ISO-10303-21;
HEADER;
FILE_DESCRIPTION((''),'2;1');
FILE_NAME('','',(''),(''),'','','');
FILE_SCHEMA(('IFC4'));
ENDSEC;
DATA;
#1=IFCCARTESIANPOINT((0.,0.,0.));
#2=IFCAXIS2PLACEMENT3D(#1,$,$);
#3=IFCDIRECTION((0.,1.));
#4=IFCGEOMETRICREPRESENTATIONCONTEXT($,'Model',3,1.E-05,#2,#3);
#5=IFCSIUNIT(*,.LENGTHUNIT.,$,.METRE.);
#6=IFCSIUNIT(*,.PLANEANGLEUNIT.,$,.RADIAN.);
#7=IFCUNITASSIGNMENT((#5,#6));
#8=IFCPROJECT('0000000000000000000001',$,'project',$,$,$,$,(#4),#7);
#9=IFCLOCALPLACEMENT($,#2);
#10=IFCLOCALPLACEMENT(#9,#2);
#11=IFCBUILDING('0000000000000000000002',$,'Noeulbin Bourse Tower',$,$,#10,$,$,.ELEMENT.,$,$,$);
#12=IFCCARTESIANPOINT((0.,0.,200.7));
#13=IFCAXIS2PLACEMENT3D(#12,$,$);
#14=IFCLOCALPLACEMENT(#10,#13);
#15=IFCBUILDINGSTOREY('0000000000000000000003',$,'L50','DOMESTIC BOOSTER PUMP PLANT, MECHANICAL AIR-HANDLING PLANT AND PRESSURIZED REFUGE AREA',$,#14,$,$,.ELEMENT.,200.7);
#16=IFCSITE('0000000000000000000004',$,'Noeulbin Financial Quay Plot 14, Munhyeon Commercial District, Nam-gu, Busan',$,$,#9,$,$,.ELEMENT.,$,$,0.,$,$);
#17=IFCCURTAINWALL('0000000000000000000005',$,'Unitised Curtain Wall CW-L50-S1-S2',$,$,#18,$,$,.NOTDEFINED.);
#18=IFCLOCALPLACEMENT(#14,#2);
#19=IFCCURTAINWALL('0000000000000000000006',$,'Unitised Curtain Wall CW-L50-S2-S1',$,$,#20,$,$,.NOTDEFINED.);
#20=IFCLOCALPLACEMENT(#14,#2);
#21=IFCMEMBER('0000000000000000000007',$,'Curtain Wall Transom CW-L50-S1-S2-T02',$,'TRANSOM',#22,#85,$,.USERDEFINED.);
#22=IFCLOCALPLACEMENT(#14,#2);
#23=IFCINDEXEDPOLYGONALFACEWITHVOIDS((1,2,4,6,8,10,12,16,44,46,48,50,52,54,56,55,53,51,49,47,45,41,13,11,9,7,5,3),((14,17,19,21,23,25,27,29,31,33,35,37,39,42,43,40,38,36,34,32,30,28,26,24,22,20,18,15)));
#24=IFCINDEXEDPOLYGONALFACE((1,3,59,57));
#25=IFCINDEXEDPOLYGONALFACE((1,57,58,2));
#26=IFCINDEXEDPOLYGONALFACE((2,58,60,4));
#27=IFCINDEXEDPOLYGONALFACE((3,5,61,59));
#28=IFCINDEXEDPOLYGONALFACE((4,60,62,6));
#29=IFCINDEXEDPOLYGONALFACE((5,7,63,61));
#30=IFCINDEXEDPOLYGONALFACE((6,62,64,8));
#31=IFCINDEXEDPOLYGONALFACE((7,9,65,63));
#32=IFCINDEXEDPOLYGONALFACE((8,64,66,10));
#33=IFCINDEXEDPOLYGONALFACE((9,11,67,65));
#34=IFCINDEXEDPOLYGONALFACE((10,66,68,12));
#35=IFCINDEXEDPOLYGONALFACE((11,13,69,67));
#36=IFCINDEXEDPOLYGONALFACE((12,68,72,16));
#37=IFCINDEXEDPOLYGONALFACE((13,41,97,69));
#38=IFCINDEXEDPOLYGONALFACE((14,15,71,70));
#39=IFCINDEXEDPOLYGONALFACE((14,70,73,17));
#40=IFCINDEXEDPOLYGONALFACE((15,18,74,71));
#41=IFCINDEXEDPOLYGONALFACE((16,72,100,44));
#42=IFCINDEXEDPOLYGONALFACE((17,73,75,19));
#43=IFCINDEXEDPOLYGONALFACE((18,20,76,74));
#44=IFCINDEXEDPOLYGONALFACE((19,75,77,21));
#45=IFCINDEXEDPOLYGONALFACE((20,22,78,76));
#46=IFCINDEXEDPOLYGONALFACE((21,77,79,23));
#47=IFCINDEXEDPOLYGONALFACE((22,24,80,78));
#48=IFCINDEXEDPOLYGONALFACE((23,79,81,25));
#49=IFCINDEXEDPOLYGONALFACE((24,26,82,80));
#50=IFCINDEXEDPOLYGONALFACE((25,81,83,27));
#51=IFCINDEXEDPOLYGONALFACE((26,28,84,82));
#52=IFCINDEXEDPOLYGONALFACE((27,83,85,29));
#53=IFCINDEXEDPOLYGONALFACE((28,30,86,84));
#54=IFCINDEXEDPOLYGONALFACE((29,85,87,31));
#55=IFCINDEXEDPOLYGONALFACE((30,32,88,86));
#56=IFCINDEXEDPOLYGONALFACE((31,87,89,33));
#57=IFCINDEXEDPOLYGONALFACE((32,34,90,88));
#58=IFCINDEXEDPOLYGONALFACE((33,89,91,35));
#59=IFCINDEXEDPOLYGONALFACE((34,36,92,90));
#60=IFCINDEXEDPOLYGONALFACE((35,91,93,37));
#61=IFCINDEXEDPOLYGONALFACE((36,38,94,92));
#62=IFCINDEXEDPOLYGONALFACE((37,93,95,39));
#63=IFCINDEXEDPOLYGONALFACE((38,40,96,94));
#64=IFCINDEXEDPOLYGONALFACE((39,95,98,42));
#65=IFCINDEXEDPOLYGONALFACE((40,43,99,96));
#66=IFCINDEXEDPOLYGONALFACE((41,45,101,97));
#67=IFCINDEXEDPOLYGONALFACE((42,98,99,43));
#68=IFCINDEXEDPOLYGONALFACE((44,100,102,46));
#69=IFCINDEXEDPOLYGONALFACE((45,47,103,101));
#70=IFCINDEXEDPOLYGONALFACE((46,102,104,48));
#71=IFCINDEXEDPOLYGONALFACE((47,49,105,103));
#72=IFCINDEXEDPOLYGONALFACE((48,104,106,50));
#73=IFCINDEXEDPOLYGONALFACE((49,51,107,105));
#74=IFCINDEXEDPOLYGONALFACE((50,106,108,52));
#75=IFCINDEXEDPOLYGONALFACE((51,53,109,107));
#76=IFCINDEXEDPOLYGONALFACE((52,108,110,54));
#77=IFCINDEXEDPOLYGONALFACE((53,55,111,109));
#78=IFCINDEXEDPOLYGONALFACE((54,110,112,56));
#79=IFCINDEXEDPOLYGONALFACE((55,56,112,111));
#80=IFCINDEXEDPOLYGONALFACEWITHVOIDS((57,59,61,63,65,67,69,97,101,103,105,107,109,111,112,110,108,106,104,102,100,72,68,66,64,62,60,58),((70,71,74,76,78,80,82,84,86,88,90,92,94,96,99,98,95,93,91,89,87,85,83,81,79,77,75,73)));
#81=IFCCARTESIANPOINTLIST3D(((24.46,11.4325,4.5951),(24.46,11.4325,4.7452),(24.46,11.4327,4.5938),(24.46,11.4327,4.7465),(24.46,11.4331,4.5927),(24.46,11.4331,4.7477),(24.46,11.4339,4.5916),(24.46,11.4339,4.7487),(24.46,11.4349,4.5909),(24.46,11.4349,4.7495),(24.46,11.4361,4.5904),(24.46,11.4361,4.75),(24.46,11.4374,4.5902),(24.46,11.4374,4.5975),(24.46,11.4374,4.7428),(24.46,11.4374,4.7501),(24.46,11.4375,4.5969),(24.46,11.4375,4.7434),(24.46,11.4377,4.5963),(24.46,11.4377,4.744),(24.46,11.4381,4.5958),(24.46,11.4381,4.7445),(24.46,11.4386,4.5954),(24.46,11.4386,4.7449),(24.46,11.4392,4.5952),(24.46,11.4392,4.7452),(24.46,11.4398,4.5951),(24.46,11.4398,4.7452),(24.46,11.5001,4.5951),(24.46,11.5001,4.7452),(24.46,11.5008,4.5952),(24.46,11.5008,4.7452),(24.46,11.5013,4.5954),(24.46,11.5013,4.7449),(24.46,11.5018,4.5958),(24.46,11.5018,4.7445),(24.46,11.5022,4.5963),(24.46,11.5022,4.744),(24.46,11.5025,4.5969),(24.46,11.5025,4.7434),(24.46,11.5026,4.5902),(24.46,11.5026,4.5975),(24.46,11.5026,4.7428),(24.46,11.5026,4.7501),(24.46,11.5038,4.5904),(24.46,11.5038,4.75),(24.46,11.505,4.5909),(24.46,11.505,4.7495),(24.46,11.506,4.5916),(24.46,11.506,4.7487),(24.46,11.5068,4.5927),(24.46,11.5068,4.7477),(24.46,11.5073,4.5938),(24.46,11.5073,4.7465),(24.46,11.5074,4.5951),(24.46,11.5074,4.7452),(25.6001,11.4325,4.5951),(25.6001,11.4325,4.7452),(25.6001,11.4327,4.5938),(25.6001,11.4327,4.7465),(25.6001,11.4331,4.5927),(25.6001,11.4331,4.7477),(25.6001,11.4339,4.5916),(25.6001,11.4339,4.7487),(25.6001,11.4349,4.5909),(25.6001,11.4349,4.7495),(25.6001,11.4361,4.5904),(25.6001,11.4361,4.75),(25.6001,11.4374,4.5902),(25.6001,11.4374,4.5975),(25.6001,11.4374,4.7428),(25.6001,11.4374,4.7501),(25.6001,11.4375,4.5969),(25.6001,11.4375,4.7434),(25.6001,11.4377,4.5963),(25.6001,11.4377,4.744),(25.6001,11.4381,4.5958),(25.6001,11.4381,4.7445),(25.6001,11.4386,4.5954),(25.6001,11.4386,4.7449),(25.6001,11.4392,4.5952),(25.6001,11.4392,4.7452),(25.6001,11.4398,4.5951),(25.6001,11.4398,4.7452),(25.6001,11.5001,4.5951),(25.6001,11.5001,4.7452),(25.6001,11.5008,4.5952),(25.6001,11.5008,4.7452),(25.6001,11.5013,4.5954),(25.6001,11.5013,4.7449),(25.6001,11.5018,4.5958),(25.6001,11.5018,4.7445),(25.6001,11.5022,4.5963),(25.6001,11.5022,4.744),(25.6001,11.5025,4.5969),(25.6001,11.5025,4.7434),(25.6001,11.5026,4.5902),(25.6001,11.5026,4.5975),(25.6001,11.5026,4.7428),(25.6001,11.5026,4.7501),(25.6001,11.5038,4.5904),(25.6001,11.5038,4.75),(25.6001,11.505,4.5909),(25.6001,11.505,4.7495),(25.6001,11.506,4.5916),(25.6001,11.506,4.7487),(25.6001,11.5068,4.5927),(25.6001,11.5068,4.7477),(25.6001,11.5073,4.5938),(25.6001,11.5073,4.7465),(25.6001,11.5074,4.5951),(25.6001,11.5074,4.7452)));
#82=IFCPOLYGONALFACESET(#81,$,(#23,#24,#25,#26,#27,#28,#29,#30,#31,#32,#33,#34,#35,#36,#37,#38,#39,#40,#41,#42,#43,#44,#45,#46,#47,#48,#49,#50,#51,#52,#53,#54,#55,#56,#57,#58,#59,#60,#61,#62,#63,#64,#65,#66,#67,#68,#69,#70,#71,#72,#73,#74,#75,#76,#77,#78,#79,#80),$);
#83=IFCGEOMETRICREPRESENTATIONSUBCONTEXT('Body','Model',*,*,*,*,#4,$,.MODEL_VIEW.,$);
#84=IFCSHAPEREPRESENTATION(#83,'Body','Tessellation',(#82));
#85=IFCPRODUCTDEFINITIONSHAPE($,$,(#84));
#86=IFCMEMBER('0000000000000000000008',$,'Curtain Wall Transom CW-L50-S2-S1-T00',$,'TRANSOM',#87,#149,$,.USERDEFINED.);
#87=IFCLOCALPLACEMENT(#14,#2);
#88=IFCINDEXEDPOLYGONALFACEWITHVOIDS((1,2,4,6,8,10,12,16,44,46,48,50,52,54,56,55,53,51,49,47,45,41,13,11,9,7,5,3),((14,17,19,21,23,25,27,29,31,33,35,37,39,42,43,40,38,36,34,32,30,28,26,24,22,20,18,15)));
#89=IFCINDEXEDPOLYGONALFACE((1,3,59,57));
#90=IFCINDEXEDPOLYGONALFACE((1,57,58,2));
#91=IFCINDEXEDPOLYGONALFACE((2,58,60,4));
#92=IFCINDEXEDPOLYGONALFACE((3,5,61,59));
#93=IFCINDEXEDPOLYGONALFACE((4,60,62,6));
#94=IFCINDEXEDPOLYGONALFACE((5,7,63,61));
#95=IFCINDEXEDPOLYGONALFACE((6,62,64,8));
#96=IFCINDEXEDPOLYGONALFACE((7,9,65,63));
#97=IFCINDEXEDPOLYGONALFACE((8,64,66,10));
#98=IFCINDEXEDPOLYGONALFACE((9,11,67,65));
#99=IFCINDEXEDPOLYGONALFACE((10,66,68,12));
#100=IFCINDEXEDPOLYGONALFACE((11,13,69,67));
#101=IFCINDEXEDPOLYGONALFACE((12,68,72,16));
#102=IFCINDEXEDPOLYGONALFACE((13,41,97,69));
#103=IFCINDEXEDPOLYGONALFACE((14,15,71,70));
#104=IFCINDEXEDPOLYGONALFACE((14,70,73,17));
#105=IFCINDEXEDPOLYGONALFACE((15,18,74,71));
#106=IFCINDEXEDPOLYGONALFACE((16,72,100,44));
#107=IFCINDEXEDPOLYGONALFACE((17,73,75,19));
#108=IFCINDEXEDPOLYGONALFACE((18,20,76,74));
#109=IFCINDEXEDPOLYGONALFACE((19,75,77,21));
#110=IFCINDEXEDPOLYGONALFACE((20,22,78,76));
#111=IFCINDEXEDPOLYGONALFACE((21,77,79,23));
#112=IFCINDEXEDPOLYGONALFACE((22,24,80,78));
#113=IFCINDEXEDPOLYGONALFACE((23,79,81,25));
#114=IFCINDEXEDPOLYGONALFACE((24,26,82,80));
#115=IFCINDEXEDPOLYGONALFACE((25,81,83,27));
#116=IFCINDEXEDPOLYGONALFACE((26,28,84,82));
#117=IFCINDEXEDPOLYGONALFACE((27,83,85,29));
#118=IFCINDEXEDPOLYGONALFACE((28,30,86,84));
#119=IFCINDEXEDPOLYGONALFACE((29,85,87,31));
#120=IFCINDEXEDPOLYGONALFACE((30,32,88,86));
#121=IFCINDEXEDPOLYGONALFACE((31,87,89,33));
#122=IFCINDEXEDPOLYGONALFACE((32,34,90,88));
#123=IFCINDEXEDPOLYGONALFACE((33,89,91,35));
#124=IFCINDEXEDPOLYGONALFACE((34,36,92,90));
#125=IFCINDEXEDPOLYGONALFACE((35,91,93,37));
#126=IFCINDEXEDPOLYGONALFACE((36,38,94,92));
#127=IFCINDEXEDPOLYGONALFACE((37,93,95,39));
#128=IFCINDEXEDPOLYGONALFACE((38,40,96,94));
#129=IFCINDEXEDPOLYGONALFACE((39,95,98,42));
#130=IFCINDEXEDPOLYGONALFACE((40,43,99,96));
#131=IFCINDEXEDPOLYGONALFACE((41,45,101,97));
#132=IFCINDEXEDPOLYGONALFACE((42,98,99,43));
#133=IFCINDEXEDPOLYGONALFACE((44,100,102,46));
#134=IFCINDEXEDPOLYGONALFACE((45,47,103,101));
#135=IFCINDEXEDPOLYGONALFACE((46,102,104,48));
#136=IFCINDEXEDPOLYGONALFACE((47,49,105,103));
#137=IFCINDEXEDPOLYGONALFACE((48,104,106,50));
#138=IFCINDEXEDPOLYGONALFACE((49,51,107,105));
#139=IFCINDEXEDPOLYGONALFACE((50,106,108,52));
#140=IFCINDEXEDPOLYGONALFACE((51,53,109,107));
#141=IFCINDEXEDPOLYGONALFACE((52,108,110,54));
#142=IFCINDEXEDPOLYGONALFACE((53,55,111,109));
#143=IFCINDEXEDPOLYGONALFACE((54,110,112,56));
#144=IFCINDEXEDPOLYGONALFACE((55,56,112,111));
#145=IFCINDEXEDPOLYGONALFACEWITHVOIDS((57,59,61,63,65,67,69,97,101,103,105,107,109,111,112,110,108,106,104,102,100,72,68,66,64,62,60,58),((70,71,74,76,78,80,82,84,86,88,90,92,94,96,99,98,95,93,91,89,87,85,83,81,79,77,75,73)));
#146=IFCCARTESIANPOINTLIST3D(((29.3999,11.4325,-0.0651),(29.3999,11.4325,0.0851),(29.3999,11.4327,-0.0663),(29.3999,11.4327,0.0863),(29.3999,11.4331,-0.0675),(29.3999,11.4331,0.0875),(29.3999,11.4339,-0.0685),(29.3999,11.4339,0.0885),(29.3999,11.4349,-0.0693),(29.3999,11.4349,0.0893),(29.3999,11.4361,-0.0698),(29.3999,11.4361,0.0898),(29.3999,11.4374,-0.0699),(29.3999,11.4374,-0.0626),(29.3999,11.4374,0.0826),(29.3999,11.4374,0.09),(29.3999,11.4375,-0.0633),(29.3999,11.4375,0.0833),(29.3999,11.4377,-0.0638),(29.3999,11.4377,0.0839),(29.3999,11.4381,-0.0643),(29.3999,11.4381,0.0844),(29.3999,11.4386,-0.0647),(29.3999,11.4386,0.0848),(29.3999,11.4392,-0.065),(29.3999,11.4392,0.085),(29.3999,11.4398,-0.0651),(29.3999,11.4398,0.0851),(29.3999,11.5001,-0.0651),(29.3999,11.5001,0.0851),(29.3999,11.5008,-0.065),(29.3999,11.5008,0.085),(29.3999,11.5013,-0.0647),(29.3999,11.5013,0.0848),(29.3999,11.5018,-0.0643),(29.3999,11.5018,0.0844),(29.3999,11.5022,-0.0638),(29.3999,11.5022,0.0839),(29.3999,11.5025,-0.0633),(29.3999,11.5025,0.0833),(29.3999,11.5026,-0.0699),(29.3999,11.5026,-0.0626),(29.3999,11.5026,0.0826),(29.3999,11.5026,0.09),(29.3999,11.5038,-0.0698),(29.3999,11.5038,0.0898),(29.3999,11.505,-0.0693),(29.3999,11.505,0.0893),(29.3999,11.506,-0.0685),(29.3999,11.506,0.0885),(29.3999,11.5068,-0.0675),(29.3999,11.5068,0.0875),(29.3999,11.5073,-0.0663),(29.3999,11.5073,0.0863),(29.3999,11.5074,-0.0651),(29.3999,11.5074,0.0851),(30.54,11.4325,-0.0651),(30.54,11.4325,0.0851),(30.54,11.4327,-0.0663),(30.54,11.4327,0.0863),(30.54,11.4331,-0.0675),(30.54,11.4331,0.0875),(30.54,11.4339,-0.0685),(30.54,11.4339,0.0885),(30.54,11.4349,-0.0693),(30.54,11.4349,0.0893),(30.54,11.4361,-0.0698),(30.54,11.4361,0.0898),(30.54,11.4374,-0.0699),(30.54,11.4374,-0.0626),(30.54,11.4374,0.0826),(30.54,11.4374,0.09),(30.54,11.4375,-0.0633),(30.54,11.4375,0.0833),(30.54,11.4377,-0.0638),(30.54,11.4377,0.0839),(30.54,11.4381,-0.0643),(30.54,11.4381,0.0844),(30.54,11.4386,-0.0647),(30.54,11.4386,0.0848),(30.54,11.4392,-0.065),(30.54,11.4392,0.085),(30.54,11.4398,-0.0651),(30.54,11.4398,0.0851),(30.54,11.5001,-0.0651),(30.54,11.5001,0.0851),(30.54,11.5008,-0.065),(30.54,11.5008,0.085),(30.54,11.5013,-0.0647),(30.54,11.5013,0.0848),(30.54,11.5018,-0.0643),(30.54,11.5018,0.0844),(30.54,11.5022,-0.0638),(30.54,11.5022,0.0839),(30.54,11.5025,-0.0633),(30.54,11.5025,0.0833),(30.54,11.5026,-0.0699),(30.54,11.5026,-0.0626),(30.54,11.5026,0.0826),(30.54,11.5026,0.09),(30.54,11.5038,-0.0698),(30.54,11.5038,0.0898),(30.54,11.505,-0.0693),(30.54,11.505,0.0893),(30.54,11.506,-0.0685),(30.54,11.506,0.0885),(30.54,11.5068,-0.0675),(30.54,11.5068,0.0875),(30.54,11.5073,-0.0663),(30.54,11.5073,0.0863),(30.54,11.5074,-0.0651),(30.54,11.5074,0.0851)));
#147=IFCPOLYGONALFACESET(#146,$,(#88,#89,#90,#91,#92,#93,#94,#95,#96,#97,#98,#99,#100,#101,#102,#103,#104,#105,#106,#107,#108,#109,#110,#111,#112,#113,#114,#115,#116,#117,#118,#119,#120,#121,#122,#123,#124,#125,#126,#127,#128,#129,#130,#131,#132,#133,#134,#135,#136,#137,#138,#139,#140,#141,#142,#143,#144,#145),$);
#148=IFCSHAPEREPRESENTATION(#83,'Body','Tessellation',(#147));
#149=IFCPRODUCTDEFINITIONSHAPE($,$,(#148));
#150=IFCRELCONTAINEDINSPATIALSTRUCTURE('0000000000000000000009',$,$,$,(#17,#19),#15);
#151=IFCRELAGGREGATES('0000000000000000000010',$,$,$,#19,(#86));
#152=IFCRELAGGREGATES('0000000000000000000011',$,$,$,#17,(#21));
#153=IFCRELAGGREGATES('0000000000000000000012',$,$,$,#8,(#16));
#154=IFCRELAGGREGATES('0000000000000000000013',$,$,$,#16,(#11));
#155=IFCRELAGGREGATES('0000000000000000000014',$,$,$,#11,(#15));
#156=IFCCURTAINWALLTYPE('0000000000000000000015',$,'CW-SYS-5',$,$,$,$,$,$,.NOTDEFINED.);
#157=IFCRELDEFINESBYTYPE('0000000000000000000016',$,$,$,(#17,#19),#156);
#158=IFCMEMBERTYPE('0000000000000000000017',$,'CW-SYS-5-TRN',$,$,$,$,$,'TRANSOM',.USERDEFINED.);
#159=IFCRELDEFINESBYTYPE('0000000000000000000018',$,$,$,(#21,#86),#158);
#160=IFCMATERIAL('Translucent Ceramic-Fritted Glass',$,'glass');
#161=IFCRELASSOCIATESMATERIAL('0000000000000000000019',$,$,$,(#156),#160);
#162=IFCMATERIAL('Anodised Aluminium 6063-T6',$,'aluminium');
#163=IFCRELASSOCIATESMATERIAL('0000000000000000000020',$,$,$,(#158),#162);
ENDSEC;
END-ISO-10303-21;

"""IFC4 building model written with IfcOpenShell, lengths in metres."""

from ifc_helpers import new_model, si_unit, direction, frame, origin, origin_2d, place, context, subcontext, project, spatial, hollow_rectangle, extrude, material, material_profile, profile_set, type_object, element, aggregate, save


model = new_model("IFC4")

# Units and contexts
model_context = context("Model", 3, precision=1e-05, world=origin(), true_north=direction((0.0, 1.0)))
body_context = subcontext(model_context, "Body", "Model", "MODEL_VIEW")
ifc_project = project(units=[si_unit("LENGTHUNIT", "METRE"), si_unit("PLANEANGLEUNIT", "RADIAN")], contexts=[model_context])

# Site, building, storey
site_placement = place(None, origin())
site = spatial("IfcSite", under=ifc_project, at=site_placement, Name="Noeulbin Financial Quay Plot 14, Munhyeon Commercial District, Nam-gu, Busan", CompositionType="ELEMENT", RefElevation=0.0)
building_placement = place(site_placement, origin())
building = spatial("IfcBuilding", under=site, at=building_placement, Name="Noeulbin Bourse Tower", CompositionType="ELEMENT")
storey_placement = place(building_placement, frame((0.0, 0.0, 200.7)))
storey = spatial("IfcBuildingStorey", under=building, at=storey_placement, Name="L50", Description="DOMESTIC BOOSTER PUMP PLANT, MECHANICAL AIR-HANDLING PLANT AND PRESSURIZED REFUGE AREA", CompositionType="ELEMENT", Elevation=200.7)

# Shared definitions
ifc_material_1 = material(Name="Translucent Ceramic-Fritted Glass", Category="glass")
curtain_wall_type = type_object("IfcCurtainWallType", Name="CW-SYS-5", PredefinedType="NOTDEFINED", material=ifc_material_1)
ifc_material_2 = material(Name="Anodised Aluminium 6063-T6", Category="aluminium")

# Curtain walls
curtain_wall_1_placement = place(storey_placement, origin())
curtain_wall_1 = element("IfcCurtainWall", 1, at=curtain_wall_1_placement, inside=storey, type_object=curtain_wall_type, Name="Unitised Curtain Wall CW-L50-S1-S2", PredefinedType="NOTDEFINED")
curtain_wall_2_placement = place(storey_placement, origin())
curtain_wall_2 = element("IfcCurtainWall", 2, at=curtain_wall_2_placement, inside=storey, type_object=curtain_wall_type, Name="Unitised Curtain Wall CW-L50-S2-S1", PredefinedType="NOTDEFINED")

# Members
ifc_material_profile_1 = material_profile(ifc_material_2, hollow_rectangle(XDim=0.075, YDim=0.1599, WallThickness=0.0049, InnerFilletRadius=0.0024, OuterFilletRadius=0.0049, at=origin_2d()), Name="ALU-TRAN-75x160x5", Category="LoadBearing")
ifc_profile_set_1 = profile_set([ifc_material_profile_1], Name="Anodised Aluminium 6063-T6")
member_type_1 = type_object("IfcMemberType", Name="CW-SYS-5-TRN", ElementType="TRANSOM", PredefinedType="USERDEFINED", material=ifc_profile_set_1)
member_1_placement = place(storey_placement, frame((24.46, 11.47, 4.6702), z_axis=(1.0, 0.0, 0.0), x_axis=(0.0, 1.0, 0.0)))
member_1 = element("IfcMember", 3, at=member_1_placement, type_object=member_type_1, Name="Curtain Wall Transom CW-L50-S1-S2-T02", ObjectType="TRANSOM", PredefinedType="USERDEFINED", context=body_context, shape_type="SweptSolid", body=[
    extrude(hollow_rectangle(XDim=0.075, YDim=0.1599, WallThickness=0.0049, InnerFilletRadius=0.0024, OuterFilletRadius=0.0049, at=origin_2d()), origin(), (0.0, 0.0, 1.0), 1.1401),
])
member_2_placement = place(storey_placement, frame((29.3999, 11.47, 0.01), z_axis=(1.0, 0.0, 0.0), x_axis=(0.0, 1.0, 0.0)))
member_2 = element("IfcMember", 4, at=member_2_placement, type_object=member_type_1, Name="Curtain Wall Transom CW-L50-S2-S1-T00", ObjectType="TRANSOM", PredefinedType="USERDEFINED", context=body_context, shape_type="SweptSolid", body=[
    extrude(hollow_rectangle(XDim=0.075, YDim=0.1599, WallThickness=0.0049, InnerFilletRadius=0.0024, OuterFilletRadius=0.0049, at=origin_2d()), origin(), (0.0, 0.0, 1.0), 1.1401),
])
aggregate(curtain_wall_2, [member_2])

aggregate(curtain_wall_1, [member_1])

save(model, "model.ifc")
